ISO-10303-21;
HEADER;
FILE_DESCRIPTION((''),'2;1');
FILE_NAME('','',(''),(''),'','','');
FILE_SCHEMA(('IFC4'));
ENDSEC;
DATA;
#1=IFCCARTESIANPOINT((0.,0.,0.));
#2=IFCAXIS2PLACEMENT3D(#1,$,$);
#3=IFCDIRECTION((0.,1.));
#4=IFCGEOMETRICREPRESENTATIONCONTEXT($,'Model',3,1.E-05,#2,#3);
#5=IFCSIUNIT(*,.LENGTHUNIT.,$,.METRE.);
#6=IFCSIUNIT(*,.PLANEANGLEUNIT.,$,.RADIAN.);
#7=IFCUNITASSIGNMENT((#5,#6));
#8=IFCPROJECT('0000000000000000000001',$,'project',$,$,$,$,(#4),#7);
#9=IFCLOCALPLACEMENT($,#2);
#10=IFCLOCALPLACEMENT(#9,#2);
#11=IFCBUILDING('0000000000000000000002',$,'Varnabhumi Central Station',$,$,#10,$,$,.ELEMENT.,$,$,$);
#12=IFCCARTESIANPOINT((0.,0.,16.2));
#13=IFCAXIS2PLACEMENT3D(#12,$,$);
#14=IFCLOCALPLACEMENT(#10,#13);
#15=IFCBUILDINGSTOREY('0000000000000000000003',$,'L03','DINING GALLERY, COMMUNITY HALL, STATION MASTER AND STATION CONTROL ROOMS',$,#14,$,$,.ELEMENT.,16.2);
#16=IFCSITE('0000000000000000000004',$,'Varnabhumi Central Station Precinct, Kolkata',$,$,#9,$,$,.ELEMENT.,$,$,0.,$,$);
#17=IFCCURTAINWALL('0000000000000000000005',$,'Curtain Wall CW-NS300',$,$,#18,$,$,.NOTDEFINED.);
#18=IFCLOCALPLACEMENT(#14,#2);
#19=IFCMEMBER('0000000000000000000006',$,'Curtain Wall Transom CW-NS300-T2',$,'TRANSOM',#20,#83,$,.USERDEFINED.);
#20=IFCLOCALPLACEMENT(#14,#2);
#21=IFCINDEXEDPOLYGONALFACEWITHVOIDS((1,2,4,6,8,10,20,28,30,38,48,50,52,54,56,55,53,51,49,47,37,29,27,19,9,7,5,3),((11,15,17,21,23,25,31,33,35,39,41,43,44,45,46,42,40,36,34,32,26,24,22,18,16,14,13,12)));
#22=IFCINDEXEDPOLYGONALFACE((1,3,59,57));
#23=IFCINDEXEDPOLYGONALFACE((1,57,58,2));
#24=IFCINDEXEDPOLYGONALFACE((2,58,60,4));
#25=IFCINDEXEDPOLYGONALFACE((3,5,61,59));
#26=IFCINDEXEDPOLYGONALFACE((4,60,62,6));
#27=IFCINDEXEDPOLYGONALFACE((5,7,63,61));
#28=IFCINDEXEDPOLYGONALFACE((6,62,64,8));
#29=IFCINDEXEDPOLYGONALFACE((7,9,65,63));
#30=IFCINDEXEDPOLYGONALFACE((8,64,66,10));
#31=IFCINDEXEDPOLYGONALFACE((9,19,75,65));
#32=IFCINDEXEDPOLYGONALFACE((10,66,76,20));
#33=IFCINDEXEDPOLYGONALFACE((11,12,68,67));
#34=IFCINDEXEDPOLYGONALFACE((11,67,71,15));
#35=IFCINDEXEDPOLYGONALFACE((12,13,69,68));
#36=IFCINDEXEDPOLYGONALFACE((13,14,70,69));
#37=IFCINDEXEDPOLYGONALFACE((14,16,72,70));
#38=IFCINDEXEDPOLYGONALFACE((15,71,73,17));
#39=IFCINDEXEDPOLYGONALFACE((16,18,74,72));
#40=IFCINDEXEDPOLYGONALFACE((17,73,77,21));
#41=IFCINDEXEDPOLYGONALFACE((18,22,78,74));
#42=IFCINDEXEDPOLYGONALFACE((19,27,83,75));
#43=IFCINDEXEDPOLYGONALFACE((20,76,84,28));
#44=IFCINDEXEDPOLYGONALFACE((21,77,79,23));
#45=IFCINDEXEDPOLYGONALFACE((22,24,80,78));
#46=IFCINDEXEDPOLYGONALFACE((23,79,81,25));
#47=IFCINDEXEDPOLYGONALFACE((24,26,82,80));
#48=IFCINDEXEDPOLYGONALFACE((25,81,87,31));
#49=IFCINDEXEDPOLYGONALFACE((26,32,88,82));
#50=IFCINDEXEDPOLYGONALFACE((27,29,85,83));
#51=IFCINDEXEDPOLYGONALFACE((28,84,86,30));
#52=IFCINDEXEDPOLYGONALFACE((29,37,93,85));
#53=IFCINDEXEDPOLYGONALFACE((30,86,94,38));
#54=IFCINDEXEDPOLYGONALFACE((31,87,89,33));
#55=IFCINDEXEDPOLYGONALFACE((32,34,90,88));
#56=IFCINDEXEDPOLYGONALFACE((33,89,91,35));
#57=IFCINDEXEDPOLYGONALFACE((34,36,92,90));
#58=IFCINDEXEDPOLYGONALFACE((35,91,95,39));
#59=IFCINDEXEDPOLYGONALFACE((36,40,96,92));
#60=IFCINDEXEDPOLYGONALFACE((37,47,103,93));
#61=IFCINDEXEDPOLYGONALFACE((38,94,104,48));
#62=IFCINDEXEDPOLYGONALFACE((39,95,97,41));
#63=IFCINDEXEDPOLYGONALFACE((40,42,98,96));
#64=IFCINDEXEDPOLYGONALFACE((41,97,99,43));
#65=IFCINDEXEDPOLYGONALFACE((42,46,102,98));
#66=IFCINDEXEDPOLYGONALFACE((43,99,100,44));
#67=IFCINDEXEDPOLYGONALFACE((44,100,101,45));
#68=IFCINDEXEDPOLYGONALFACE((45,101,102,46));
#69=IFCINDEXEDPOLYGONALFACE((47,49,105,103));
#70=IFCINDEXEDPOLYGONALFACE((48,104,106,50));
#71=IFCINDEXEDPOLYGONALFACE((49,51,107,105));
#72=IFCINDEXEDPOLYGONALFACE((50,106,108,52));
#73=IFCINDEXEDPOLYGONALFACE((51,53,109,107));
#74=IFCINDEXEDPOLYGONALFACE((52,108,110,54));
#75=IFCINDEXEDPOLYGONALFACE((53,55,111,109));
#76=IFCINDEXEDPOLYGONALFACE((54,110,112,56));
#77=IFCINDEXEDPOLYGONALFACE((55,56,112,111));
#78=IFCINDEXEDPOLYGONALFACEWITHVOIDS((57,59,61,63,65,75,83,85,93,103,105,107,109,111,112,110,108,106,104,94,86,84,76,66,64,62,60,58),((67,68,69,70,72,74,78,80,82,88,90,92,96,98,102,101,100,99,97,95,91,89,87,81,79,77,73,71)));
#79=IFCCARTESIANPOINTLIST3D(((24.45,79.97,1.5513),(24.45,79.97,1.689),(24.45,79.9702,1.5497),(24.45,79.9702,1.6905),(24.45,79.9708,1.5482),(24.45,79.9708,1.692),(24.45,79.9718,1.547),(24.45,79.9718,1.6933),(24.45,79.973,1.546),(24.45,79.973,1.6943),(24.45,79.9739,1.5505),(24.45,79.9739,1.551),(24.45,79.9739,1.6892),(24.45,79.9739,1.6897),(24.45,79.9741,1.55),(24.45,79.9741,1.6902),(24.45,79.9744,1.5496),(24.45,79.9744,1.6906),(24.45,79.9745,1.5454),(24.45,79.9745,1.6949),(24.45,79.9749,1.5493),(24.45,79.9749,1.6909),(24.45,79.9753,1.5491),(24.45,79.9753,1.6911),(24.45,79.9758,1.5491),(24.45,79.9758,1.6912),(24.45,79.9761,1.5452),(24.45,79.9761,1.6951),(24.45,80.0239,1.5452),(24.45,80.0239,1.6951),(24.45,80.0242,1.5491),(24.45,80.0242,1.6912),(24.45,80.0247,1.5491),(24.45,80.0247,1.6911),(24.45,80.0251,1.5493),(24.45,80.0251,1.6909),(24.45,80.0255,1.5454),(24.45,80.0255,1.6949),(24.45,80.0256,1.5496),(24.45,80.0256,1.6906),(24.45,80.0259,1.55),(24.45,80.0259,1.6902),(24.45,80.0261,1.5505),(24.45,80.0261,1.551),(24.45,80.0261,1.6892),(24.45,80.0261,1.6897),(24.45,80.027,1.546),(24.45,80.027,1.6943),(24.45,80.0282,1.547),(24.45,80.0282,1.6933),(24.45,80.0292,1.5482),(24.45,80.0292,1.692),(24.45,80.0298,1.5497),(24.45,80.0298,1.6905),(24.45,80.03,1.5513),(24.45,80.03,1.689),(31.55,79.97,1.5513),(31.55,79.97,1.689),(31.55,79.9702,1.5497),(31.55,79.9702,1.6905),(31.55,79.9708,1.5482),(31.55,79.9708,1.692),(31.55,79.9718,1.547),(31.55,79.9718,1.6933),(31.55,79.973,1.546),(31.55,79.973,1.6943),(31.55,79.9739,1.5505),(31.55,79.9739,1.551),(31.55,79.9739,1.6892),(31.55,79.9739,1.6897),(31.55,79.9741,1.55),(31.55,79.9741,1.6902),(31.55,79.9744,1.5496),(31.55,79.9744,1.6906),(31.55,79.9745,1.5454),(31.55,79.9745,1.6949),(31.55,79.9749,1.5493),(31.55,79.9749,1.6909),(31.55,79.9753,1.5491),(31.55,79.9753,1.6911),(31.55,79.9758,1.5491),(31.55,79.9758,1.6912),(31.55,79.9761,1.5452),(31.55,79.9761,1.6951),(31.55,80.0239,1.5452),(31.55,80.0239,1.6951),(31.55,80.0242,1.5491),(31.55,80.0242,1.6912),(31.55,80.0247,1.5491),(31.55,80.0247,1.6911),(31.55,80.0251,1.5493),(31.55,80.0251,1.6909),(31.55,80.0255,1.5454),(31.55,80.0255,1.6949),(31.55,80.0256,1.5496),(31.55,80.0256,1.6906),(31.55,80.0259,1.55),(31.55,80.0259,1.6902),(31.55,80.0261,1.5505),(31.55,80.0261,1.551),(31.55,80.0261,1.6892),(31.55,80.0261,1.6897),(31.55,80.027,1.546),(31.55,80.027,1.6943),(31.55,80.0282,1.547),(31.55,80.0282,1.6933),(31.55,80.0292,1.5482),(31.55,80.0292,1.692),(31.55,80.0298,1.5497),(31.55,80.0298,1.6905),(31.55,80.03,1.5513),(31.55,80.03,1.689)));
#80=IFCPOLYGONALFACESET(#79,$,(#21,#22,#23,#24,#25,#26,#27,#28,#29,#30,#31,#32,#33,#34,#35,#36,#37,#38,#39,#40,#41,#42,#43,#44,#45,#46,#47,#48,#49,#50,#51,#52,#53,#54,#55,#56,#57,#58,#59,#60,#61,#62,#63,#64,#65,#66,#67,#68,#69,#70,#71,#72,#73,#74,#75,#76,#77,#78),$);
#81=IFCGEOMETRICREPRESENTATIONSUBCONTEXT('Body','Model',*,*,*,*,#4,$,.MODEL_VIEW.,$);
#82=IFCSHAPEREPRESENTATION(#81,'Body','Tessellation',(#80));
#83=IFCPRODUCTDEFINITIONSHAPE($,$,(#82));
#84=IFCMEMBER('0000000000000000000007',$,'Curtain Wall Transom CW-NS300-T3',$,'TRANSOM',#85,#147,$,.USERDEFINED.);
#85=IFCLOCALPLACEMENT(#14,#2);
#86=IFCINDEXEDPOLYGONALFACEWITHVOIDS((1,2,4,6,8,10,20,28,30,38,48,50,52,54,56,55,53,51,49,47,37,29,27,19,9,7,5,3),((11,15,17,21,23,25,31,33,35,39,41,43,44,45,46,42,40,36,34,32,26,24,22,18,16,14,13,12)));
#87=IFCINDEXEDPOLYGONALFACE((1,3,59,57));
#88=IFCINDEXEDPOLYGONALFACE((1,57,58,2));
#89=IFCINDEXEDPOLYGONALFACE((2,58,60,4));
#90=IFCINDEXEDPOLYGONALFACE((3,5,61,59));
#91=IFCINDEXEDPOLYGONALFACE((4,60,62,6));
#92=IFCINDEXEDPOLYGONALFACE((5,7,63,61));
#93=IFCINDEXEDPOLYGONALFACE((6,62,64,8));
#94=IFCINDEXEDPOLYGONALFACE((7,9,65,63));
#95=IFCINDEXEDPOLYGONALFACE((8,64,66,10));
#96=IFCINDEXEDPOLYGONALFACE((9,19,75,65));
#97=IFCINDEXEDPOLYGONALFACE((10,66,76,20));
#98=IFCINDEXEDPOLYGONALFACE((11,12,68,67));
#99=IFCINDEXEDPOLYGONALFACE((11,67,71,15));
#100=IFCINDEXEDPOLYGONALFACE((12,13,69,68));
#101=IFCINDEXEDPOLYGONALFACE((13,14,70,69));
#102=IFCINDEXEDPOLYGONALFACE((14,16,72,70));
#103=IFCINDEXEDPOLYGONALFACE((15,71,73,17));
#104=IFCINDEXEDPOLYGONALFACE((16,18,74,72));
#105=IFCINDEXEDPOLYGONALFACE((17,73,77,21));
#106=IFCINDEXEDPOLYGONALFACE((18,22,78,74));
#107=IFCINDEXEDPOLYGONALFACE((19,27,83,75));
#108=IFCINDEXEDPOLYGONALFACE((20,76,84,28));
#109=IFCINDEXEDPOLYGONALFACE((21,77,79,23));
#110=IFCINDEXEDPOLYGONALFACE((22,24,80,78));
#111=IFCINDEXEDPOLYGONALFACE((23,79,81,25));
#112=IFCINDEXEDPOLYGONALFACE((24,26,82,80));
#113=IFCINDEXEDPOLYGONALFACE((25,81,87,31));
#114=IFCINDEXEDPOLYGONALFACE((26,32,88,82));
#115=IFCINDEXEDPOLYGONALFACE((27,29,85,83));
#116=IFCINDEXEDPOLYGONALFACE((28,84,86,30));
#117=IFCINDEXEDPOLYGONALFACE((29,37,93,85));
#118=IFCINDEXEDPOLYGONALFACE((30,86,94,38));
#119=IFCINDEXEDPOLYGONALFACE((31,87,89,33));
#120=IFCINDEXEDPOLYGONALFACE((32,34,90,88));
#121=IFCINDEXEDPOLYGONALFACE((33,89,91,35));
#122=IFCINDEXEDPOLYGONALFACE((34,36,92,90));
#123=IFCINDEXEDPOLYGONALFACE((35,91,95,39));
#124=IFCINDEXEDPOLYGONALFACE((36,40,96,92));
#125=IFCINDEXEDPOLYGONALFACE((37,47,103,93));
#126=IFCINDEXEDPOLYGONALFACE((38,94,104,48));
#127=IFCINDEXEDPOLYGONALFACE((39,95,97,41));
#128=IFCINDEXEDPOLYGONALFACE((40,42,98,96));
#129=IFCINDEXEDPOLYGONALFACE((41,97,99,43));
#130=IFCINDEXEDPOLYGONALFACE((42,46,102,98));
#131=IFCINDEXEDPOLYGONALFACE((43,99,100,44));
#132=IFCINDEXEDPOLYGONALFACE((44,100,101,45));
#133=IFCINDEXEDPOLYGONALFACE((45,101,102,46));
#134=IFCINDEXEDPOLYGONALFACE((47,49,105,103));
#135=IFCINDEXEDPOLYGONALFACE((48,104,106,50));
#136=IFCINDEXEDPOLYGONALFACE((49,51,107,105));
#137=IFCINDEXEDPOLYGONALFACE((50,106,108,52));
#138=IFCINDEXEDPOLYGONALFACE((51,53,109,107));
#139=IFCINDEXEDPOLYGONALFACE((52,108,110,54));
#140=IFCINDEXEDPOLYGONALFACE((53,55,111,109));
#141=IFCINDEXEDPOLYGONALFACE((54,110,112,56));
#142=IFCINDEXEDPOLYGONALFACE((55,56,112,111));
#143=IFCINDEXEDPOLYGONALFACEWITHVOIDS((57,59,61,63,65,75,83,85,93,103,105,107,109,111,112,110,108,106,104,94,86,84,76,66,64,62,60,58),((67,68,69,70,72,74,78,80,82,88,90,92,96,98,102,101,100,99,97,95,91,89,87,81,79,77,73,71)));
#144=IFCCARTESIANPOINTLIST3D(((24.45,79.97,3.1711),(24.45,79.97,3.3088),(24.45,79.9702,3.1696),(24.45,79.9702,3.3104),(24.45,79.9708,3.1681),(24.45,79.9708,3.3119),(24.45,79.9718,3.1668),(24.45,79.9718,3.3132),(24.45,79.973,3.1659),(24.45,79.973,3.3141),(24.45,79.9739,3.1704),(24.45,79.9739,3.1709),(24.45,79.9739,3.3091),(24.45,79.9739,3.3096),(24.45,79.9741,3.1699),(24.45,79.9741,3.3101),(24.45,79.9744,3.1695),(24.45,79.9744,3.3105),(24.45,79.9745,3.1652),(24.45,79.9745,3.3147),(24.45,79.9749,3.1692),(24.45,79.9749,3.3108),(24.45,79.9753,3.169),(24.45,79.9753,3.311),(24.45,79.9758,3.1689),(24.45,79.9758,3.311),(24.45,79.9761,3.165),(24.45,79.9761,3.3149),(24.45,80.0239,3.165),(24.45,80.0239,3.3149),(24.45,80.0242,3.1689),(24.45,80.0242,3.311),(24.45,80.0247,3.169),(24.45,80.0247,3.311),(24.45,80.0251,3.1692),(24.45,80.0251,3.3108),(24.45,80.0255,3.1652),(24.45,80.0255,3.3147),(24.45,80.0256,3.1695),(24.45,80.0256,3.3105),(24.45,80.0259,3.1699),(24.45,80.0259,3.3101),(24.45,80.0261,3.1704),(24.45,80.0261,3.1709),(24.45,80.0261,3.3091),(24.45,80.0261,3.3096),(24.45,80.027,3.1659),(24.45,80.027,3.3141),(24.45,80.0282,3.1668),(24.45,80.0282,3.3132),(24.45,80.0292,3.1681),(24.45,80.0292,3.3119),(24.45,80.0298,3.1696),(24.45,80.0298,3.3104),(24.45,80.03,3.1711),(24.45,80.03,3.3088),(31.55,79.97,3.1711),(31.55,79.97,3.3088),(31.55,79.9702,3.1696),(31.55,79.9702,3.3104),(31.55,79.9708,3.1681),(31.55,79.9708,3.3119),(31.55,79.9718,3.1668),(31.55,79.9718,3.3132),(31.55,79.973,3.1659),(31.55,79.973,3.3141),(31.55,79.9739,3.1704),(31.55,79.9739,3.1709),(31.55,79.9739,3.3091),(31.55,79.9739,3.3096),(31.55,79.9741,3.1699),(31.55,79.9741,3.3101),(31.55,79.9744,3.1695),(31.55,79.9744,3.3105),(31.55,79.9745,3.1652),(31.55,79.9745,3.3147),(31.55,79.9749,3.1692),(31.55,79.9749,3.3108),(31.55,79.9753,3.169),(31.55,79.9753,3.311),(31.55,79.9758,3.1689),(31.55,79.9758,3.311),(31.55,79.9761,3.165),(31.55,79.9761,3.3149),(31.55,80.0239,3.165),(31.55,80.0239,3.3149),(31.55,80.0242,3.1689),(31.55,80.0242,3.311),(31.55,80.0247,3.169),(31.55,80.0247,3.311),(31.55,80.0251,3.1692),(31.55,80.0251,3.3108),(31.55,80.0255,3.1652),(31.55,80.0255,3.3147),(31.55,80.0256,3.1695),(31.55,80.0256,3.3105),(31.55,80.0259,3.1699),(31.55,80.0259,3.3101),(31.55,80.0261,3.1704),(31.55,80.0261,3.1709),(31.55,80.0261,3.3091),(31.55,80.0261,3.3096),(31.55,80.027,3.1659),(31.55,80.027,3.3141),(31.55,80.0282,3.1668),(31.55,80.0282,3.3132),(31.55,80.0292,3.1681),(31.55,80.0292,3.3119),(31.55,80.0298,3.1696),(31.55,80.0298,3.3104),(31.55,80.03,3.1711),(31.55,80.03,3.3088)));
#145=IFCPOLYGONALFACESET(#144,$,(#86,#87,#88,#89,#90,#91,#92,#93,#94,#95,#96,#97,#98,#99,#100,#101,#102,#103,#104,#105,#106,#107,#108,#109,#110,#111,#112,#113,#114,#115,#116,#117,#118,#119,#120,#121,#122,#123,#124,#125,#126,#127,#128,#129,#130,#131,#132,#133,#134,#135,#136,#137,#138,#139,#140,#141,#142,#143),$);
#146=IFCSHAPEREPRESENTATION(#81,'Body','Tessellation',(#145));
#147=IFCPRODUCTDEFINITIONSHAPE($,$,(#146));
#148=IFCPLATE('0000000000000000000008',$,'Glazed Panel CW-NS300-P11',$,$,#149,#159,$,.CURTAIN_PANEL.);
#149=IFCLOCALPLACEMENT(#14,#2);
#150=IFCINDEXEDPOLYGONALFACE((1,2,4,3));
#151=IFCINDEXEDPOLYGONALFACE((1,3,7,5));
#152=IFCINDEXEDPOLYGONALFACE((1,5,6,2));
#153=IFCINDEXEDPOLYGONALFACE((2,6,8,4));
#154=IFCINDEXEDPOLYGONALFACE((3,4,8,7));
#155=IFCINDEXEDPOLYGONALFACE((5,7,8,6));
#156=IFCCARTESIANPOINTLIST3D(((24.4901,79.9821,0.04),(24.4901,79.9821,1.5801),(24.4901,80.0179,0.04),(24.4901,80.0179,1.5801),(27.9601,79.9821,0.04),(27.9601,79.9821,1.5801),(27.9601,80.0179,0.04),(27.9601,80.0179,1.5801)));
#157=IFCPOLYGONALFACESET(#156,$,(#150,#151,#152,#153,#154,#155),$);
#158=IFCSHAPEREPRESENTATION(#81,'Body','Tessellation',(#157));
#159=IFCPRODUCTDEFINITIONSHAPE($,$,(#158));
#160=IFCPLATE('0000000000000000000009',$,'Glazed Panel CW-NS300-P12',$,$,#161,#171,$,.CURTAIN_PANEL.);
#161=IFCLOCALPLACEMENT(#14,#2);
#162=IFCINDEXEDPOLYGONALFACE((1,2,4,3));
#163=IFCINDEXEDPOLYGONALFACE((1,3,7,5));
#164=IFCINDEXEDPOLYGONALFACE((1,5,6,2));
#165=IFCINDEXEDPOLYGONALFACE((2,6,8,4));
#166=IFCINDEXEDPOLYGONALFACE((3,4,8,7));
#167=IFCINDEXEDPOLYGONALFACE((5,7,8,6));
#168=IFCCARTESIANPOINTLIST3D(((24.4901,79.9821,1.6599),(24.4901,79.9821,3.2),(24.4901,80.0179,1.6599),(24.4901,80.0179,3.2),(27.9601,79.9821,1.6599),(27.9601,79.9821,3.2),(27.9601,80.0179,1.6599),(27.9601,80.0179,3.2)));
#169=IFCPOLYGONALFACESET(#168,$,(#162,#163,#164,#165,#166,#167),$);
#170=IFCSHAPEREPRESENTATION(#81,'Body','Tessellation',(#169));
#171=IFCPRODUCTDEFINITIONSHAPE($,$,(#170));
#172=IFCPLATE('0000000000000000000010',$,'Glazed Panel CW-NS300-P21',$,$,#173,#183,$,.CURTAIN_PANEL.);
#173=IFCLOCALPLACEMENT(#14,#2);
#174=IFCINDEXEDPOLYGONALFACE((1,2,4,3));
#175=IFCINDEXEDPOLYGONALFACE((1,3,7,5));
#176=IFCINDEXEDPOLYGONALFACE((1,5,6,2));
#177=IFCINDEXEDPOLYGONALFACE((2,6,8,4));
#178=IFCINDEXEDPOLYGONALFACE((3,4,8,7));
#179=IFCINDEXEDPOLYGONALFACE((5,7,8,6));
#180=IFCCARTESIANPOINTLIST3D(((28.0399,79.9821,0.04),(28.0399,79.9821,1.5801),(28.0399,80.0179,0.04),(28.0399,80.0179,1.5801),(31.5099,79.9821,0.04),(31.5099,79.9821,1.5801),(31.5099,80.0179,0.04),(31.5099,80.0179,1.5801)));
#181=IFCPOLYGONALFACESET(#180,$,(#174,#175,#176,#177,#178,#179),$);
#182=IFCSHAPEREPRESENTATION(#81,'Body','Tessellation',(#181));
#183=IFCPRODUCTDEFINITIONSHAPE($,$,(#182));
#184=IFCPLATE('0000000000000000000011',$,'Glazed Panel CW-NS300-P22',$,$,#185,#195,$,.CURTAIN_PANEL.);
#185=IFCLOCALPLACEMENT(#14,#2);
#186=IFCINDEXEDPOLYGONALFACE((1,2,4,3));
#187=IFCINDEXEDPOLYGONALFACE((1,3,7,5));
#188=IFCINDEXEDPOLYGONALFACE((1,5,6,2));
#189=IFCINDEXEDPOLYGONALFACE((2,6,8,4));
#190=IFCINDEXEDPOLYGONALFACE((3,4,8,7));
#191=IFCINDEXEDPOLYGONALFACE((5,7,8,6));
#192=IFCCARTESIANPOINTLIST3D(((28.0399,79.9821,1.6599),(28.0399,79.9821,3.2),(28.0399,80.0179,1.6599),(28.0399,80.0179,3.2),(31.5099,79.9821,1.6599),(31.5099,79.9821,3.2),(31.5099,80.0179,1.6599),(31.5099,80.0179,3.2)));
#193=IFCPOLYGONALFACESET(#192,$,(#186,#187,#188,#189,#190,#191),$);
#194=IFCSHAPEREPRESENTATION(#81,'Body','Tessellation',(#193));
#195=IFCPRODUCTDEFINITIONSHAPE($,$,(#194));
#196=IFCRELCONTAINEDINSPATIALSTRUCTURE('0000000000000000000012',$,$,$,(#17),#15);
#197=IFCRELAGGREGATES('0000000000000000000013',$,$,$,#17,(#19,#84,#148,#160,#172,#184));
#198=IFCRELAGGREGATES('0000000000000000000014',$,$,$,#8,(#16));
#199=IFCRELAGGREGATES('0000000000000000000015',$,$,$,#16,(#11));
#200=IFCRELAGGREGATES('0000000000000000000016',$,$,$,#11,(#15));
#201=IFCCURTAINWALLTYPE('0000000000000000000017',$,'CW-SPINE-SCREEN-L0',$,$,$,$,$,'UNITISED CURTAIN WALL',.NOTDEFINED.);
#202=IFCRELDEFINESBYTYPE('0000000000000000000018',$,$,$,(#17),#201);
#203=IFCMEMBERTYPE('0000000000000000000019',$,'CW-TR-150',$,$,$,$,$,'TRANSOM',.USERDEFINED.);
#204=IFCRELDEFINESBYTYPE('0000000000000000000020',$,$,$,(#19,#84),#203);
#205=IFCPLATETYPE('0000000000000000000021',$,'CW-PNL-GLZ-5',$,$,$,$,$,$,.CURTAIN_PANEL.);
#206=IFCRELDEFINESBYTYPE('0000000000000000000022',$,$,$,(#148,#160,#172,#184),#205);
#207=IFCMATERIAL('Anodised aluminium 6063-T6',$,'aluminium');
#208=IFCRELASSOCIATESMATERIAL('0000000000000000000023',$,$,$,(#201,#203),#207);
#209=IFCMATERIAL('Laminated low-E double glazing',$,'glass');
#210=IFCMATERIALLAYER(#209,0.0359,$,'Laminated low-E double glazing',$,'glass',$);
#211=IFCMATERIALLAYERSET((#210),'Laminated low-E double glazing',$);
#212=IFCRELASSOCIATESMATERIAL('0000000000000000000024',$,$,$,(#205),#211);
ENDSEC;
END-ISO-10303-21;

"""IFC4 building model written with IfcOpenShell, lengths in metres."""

from ifc_helpers import new_model, si_unit, direction, frame, origin, origin_2d, place, context, subcontext, project, spatial, rectangle, hollow_rectangle, extrude, material, layer, layer_set, material_profile, profile_set, type_object, element, aggregate, save


model = new_model("IFC4")

# Units and contexts
model_context = context("Model", 3, precision=1e-05, world=origin(), true_north=direction((0.0, 1.0)))
body_context = subcontext(model_context, "Body", "Model", "MODEL_VIEW")
ifc_project = project(units=[si_unit("LENGTHUNIT", "METRE"), si_unit("PLANEANGLEUNIT", "RADIAN")], contexts=[model_context])

# Site, building, storey
site_placement = place(None, origin())
site = spatial("IfcSite", under=ifc_project, at=site_placement, Name="Varnabhumi Central Station Precinct, Kolkata", CompositionType="ELEMENT", RefElevation=0.0)
building_placement = place(site_placement, origin())
building = spatial("IfcBuilding", under=site, at=building_placement, Name="Varnabhumi Central Station", CompositionType="ELEMENT")
storey_placement = place(building_placement, frame((0.0, 0.0, 16.2)))
storey = spatial("IfcBuildingStorey", under=building, at=storey_placement, Name="L03", Description="DINING GALLERY, COMMUNITY HALL, STATION MASTER AND STATION CONTROL ROOMS", CompositionType="ELEMENT", Elevation=16.2)

# Curtain wall, members, plates
ifc_material_1 = material(Name="Anodised aluminium 6063-T6", Category="aluminium")
curtain_wall_type = type_object("IfcCurtainWallType", Name="CW-SPINE-SCREEN-L0", ElementType="UNITISED CURTAIN WALL", PredefinedType="NOTDEFINED", material=ifc_material_1)
curtain_wall_placement = place(storey_placement, origin())
curtain_wall = element("IfcCurtainWall", 1, at=curtain_wall_placement, inside=storey, type_object=curtain_wall_type, Name="Curtain Wall CW-NS300", PredefinedType="NOTDEFINED")
ifc_material_profile_1 = material_profile(ifc_material_1, hollow_rectangle(XDim=0.0601, YDim=0.1499, WallThickness=0.0039, InnerFilletRadius=0.002, OuterFilletRadius=0.0061, at=origin_2d()), Name="Anodised aluminium 6063-T6", Category="aluminium")
ifc_profile_set_1 = profile_set([ifc_material_profile_1], Name="Anodised aluminium 6063-T6")
member_type_1 = type_object("IfcMemberType", Name="CW-TR-150", ElementType="TRANSOM", PredefinedType="USERDEFINED", material=ifc_profile_set_1)
member_1_placement = place(storey_placement, frame((24.45, 80.0, 1.6201), z_axis=(1.0, 0.0, 0.0), x_axis=(0.0, 1.0, 0.0)))
member_1 = element("IfcMember", 2, at=member_1_placement, type_object=member_type_1, Name="Curtain Wall Transom CW-NS300-T2", ObjectType="TRANSOM", PredefinedType="USERDEFINED", context=body_context, shape_type="SweptSolid", body=[
    extrude(hollow_rectangle(XDim=0.0601, YDim=0.1499, WallThickness=0.0039, InnerFilletRadius=0.002, OuterFilletRadius=0.0061, at=origin_2d()), origin(), (0.0, 0.0, 1.0), 7.1001),
])
member_2_placement = place(storey_placement, frame((24.45, 80.0, 3.24), z_axis=(1.0, 0.0, 0.0), x_axis=(0.0, 1.0, 0.0)))
member_2 = element("IfcMember", 3, at=member_2_placement, type_object=member_type_1, Name="Curtain Wall Transom CW-NS300-T3", ObjectType="TRANSOM", PredefinedType="USERDEFINED", context=body_context, shape_type="SweptSolid", body=[
    extrude(hollow_rectangle(XDim=0.0601, YDim=0.1499, WallThickness=0.0039, InnerFilletRadius=0.002, OuterFilletRadius=0.0061, at=origin_2d()), origin(), (0.0, 0.0, 1.0), 7.1001),
])
ifc_material_2 = material(Name="Laminated low-E double glazing", Category="glass")
ifc_layer_1 = layer(ifc_material_2, 0.0359, Name="Laminated low-E double glazing", Category="glass")
ifc_layer_set_1 = layer_set([ifc_layer_1], Name="Laminated low-E double glazing")
plate_type = type_object("IfcPlateType", Name="CW-PNL-GLZ-5", PredefinedType="CURTAIN_PANEL", material=ifc_layer_set_1)
plate_1_placement = place(storey_placement, frame((26.2251, 80.0, 0.04), z_axis=(0.0, 0.0, 1.0), x_axis=(1.0, 0.0, 0.0)))
plate_1 = element("IfcPlate", 4, at=plate_1_placement, type_object=plate_type, Name="Glazed Panel CW-NS300-P11", PredefinedType="CURTAIN_PANEL", context=body_context, shape_type="SweptSolid", body=[
    extrude(rectangle(XDim=3.47, YDim=0.0359, at=origin_2d()), origin(), (0.0, 0.0, 1.0), 1.54),
])
plate_2_placement = place(storey_placement, frame((26.2251, 80.0, 1.6599), z_axis=(0.0, 0.0, 1.0), x_axis=(1.0, 0.0, 0.0)))
plate_2 = element("IfcPlate", 5, at=plate_2_placement, type_object=plate_type, Name="Glazed Panel CW-NS300-P12", PredefinedType="CURTAIN_PANEL", context=body_context, shape_type="SweptSolid", body=[
    extrude(rectangle(XDim=3.47, YDim=0.0359, at=origin_2d()), origin(), (0.0, 0.0, 1.0), 1.54),
])
plate_3_placement = place(storey_placement, frame((29.7749, 80.0, 0.04), z_axis=(0.0, 0.0, 1.0), x_axis=(1.0, 0.0, 0.0)))
plate_3 = element("IfcPlate", 6, at=plate_3_placement, type_object=plate_type, Name="Glazed Panel CW-NS300-P21", PredefinedType="CURTAIN_PANEL", context=body_context, shape_type="SweptSolid", body=[
    extrude(rectangle(XDim=3.47, YDim=0.0359, at=origin_2d()), origin(), (0.0, 0.0, 1.0), 1.54),
])
plate_4_placement = place(storey_placement, frame((29.7749, 80.0, 1.6599), z_axis=(0.0, 0.0, 1.0), x_axis=(1.0, 0.0, 0.0)))
plate_4 = element("IfcPlate", 7, at=plate_4_placement, type_object=plate_type, Name="Glazed Panel CW-NS300-P22", PredefinedType="CURTAIN_PANEL", context=body_context, shape_type="SweptSolid", body=[
    extrude(rectangle(XDim=3.47, YDim=0.0359, at=origin_2d()), origin(), (0.0, 0.0, 1.0), 1.54),
])
aggregate(curtain_wall, [member_1, member_2, plate_1, plate_2, plate_3, plate_4])

save(model, "model.ifc")
